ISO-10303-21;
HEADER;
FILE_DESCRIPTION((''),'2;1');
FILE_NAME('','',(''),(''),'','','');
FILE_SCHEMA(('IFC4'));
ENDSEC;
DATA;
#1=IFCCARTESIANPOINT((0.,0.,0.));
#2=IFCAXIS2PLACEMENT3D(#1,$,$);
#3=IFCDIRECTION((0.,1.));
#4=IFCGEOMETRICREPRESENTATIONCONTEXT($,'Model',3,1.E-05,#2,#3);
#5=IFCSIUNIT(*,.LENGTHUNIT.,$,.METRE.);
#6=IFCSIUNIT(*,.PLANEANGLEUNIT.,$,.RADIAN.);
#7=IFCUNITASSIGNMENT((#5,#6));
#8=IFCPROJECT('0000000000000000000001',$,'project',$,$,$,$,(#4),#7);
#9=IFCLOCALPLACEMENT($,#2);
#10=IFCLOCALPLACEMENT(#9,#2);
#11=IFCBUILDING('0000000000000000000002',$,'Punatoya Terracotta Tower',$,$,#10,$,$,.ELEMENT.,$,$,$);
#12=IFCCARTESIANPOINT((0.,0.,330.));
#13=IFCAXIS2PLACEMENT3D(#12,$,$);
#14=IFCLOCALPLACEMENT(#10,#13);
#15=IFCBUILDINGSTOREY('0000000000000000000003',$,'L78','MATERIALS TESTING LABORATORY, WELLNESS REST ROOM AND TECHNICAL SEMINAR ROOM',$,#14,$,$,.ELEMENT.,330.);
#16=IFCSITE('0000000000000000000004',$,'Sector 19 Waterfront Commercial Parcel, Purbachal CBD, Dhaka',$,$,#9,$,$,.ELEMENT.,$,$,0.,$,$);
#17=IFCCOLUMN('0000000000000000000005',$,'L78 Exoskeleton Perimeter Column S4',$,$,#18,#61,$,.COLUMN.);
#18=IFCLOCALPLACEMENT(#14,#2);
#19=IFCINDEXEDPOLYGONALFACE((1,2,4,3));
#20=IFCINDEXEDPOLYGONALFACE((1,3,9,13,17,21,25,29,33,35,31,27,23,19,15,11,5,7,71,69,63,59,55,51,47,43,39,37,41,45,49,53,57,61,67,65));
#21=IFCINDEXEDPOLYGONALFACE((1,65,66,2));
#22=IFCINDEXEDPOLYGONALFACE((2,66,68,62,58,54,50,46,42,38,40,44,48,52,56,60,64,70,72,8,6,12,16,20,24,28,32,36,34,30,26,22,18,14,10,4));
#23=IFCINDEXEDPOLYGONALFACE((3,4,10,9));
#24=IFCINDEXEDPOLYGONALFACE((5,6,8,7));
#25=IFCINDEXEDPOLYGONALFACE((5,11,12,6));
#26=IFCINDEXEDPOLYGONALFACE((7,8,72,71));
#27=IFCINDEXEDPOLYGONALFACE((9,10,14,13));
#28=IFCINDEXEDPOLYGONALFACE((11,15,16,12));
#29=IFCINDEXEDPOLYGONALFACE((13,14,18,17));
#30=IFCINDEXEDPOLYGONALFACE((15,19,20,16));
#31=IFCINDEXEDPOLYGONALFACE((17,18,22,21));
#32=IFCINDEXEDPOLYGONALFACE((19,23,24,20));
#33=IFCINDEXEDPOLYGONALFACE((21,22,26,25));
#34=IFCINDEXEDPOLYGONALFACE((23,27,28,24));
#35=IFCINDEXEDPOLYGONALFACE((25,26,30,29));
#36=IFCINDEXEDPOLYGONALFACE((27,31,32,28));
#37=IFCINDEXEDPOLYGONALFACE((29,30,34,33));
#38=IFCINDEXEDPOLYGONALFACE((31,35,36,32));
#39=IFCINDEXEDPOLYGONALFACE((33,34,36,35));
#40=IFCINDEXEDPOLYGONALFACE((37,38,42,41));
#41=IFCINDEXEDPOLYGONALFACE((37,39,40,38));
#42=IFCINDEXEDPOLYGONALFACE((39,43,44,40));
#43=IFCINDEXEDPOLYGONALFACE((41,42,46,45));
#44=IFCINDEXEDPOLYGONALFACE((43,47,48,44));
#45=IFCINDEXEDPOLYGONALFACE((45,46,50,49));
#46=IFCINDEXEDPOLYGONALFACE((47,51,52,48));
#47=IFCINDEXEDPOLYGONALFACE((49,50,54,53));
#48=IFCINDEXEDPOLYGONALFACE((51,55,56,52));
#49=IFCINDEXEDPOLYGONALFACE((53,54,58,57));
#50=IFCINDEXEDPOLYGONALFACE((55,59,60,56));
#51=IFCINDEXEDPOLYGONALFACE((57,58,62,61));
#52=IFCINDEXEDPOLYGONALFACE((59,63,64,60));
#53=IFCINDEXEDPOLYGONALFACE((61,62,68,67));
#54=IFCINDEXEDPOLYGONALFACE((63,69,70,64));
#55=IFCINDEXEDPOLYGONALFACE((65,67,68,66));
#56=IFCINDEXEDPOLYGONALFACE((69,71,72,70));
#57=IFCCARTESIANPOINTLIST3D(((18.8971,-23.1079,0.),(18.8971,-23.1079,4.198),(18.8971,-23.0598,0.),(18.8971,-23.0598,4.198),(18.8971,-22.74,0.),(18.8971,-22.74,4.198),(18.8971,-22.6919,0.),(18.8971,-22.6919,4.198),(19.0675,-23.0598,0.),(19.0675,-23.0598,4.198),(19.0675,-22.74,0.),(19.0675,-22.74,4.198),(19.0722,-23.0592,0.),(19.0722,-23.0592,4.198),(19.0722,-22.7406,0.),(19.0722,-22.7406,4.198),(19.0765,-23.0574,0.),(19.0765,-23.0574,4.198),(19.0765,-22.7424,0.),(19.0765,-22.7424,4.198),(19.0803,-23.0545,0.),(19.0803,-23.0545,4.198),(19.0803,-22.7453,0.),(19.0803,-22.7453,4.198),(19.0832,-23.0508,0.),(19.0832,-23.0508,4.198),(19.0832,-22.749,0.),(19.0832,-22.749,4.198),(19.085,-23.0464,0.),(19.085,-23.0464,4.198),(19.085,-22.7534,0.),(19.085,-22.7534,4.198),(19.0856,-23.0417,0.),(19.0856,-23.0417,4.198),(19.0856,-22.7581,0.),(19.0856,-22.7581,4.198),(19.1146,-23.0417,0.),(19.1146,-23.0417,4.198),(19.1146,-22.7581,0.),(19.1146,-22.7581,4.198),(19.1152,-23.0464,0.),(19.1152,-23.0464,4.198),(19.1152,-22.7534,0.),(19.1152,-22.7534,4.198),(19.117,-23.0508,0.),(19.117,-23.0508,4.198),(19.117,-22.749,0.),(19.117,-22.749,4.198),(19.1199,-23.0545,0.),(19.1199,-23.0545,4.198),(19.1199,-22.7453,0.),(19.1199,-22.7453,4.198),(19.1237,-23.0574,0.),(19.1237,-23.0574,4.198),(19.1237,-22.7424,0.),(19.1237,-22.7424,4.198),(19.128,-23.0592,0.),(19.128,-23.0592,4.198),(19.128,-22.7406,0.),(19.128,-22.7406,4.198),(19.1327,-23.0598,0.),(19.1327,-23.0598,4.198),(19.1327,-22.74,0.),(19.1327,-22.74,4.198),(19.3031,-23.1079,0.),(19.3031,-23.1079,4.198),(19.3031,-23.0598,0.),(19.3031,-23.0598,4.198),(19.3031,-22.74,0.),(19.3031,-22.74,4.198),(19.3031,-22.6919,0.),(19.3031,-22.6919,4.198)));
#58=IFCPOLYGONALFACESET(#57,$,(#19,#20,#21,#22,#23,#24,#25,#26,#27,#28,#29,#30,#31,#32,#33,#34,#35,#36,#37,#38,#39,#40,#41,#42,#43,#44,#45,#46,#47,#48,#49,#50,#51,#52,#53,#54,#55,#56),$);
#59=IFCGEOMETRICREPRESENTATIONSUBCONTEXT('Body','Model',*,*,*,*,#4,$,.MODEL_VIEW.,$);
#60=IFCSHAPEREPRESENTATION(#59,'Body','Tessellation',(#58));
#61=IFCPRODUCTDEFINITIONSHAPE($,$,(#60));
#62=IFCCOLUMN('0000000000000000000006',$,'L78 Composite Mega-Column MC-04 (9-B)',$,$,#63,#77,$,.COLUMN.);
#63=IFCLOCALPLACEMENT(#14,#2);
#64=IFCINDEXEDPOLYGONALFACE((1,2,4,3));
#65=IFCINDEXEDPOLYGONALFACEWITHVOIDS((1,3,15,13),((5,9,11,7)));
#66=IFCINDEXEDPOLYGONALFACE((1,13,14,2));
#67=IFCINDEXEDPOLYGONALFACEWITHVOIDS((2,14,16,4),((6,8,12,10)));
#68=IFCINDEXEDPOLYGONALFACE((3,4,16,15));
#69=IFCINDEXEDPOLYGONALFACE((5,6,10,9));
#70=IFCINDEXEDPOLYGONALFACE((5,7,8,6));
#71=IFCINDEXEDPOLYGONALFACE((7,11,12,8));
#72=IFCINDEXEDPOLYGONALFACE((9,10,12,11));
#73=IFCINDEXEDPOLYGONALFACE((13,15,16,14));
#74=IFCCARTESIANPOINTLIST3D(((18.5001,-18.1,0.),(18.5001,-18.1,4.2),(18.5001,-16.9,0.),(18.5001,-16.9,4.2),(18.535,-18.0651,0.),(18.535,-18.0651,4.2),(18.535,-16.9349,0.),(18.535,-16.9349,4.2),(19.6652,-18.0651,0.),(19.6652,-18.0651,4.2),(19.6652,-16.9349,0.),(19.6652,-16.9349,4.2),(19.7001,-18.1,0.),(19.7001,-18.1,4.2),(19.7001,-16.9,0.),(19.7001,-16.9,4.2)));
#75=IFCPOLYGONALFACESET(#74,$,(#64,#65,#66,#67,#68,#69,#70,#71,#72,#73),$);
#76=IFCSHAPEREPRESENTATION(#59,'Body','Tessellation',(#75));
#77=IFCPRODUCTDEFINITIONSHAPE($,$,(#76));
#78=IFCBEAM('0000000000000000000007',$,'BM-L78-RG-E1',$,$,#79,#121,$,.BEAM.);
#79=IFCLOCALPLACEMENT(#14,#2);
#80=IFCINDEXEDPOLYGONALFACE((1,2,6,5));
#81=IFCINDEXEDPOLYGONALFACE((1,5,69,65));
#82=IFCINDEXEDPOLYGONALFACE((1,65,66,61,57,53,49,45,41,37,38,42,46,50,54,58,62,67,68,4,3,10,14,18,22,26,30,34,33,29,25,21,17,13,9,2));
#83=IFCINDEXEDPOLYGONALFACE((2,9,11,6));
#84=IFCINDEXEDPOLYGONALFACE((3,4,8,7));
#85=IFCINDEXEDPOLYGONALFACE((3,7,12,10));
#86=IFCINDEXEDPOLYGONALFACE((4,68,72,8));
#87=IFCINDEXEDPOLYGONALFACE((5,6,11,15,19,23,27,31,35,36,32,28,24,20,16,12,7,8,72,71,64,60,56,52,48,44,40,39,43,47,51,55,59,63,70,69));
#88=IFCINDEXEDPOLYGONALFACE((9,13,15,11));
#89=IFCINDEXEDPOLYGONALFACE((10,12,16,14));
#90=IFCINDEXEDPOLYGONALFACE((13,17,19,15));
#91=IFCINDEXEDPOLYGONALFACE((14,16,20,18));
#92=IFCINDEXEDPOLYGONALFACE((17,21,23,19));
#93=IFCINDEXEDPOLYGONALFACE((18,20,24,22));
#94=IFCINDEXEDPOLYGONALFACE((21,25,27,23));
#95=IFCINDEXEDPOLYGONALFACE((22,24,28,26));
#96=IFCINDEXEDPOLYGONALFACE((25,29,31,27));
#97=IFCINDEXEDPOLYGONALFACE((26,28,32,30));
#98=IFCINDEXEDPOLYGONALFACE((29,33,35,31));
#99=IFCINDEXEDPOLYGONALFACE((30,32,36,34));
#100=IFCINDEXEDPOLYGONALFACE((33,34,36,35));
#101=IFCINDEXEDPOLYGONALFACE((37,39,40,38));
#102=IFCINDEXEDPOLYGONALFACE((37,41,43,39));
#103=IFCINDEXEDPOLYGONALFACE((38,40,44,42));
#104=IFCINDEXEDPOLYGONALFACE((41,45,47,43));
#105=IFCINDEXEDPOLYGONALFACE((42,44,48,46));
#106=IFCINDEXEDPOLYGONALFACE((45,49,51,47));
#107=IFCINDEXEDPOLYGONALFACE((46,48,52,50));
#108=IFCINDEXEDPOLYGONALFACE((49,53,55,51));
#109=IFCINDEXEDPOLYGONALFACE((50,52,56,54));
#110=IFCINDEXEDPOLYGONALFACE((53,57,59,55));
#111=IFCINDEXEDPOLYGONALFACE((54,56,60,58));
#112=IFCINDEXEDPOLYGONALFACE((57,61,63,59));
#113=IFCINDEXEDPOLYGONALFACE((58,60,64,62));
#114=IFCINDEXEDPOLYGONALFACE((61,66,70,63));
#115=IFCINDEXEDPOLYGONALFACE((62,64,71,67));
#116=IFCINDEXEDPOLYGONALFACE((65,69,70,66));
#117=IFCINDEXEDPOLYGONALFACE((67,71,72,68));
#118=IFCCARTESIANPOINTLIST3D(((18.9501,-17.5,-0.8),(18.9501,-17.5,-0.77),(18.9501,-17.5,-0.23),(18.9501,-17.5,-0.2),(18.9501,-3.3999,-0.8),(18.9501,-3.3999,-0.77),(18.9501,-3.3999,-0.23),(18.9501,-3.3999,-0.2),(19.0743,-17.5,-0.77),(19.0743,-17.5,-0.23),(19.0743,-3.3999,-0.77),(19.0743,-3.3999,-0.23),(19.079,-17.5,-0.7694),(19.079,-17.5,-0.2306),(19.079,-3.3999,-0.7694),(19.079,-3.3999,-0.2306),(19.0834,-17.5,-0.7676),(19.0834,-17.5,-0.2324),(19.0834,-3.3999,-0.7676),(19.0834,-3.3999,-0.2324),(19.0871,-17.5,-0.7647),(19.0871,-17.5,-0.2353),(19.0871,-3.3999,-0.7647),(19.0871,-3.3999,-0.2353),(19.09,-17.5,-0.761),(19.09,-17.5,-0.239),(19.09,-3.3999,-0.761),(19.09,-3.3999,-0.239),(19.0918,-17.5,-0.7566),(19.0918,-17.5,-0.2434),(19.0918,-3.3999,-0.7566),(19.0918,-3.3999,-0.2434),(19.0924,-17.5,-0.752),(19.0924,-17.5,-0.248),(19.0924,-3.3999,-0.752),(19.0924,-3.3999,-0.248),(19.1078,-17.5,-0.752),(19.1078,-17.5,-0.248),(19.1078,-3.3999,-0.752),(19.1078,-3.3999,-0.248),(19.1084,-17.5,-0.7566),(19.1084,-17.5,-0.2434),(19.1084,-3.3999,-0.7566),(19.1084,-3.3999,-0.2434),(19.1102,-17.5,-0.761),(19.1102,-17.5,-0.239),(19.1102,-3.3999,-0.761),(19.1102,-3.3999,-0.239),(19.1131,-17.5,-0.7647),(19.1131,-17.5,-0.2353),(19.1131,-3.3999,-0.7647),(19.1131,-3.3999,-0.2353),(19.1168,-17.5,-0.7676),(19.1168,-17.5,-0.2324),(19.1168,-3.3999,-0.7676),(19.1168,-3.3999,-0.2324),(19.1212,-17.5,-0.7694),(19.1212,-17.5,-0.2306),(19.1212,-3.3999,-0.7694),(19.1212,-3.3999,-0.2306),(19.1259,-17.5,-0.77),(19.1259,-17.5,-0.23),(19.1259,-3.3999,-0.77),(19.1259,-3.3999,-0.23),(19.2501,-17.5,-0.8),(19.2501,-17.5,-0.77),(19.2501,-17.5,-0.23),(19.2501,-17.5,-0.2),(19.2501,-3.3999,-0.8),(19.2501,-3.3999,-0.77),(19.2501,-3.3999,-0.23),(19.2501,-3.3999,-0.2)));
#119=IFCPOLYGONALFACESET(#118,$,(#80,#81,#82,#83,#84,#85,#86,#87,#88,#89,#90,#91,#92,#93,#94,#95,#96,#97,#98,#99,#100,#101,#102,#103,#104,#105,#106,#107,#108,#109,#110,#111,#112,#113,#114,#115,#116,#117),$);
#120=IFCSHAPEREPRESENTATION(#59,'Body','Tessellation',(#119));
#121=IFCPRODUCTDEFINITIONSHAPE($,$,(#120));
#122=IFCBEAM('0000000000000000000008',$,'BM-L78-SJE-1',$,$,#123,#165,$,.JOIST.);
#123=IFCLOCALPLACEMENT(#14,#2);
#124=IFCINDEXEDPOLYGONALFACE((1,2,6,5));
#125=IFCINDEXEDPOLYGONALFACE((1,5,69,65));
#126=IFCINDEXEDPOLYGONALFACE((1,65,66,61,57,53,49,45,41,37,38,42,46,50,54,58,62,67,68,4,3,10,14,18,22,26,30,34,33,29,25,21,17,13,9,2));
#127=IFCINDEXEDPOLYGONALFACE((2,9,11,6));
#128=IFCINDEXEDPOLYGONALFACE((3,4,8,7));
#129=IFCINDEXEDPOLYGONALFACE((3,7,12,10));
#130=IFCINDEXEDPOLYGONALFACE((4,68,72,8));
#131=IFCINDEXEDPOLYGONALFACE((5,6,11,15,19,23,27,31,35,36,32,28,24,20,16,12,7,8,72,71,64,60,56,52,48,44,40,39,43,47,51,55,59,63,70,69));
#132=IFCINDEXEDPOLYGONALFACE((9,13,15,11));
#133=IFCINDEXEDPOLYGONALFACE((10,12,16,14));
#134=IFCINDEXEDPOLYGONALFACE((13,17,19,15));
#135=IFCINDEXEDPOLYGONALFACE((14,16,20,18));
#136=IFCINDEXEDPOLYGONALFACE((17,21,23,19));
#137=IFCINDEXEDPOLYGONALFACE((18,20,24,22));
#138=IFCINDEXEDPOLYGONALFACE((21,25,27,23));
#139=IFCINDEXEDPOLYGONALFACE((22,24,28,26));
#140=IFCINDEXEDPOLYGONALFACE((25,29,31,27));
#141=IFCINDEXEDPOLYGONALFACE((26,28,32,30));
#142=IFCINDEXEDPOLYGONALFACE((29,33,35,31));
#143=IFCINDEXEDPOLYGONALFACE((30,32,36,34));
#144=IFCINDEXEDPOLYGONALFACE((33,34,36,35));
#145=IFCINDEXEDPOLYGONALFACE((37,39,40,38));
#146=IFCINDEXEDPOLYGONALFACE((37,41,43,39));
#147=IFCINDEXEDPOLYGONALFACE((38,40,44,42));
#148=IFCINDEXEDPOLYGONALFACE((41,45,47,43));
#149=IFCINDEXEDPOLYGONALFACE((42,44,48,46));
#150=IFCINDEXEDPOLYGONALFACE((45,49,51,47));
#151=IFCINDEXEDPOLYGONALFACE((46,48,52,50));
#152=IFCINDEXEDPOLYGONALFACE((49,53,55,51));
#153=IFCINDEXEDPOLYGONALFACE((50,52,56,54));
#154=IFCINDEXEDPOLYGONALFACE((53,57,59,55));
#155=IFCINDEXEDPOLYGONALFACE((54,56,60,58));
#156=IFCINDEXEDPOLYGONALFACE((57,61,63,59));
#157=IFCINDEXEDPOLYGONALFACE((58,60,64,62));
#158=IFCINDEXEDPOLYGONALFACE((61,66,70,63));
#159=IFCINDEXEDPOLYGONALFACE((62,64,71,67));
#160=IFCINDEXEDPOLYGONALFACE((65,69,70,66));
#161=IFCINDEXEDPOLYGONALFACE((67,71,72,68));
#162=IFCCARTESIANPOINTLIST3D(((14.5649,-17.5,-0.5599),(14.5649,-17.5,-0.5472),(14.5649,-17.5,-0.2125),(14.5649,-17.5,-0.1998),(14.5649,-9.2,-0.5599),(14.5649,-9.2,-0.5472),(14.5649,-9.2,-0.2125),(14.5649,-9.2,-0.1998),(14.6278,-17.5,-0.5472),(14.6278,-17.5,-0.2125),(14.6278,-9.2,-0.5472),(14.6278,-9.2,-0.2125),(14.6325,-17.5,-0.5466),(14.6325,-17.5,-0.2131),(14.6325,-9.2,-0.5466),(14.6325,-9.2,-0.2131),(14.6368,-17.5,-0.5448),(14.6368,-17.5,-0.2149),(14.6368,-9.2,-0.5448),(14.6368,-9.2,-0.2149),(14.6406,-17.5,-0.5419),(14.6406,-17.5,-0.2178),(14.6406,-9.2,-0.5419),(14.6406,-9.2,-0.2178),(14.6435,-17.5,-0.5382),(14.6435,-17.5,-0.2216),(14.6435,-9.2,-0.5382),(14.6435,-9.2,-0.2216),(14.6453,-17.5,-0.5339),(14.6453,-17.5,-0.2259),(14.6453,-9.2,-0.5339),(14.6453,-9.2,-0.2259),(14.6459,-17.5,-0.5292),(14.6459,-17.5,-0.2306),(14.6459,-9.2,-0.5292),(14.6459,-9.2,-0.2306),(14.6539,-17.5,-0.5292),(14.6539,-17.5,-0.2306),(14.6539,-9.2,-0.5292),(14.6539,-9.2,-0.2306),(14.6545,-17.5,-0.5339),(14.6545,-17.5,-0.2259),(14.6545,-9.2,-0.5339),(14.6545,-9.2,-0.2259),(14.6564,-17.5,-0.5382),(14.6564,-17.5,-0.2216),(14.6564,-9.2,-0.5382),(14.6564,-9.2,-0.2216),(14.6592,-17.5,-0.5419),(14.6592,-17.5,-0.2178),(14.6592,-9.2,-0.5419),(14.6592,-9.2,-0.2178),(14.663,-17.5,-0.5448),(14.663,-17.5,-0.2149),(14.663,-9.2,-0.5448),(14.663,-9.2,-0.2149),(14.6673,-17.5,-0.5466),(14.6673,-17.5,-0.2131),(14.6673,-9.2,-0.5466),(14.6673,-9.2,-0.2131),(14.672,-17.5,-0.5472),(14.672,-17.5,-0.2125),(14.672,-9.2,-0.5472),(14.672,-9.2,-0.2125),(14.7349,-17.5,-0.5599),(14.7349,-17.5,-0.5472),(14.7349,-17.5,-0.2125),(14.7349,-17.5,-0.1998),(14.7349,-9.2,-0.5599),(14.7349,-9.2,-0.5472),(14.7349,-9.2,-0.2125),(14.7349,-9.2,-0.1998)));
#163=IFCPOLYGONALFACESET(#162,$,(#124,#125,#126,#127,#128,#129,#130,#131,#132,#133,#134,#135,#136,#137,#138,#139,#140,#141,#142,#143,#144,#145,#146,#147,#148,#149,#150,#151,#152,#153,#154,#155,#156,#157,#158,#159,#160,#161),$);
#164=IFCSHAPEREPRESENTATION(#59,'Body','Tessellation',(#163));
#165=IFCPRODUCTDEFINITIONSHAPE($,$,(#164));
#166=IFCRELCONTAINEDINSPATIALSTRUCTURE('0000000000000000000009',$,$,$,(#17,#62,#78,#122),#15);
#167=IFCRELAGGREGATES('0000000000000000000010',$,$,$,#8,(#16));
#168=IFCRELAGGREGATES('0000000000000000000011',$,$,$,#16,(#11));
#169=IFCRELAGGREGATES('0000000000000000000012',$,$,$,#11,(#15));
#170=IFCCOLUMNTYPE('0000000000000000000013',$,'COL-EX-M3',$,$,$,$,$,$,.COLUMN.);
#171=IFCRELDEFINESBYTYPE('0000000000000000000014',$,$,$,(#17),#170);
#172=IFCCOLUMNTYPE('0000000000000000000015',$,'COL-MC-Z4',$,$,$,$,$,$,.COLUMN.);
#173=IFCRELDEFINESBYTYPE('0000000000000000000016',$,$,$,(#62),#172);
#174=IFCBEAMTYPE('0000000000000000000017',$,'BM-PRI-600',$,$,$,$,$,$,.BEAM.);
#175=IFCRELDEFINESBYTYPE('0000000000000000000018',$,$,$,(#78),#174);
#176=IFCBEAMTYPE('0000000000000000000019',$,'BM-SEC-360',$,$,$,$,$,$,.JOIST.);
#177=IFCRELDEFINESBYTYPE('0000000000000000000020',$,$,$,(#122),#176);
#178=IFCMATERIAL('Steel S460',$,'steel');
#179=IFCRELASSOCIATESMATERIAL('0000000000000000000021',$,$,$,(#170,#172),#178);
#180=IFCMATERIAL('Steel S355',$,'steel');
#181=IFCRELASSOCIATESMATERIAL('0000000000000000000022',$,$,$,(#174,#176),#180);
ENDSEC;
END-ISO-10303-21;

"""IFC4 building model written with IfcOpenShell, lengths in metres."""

from ifc_helpers import new_model, si_unit, direction, frame, origin, origin_2d, place, context, subcontext, project, spatial, hollow_rectangle, i_section, extrude, material, material_profile, profile_set, type_object, element, save


model = new_model("IFC4")

# Units and contexts
model_context = context("Model", 3, precision=1e-05, world=origin(), true_north=direction((0.0, 1.0)))
body_context = subcontext(model_context, "Body", "Model", "MODEL_VIEW")
ifc_project = project(units=[si_unit("LENGTHUNIT", "METRE"), si_unit("PLANEANGLEUNIT", "RADIAN")], contexts=[model_context])

# Site, building, storey
site_placement = place(None, origin())
site = spatial("IfcSite", under=ifc_project, at=site_placement, Name="Sector 19 Waterfront Commercial Parcel, Purbachal CBD, Dhaka", CompositionType="ELEMENT", RefElevation=0.0)
building_placement = place(site_placement, origin())
building = spatial("IfcBuilding", under=site, at=building_placement, Name="Punatoya Terracotta Tower", CompositionType="ELEMENT")
storey_placement = place(building_placement, frame((0.0, 0.0, 330.0)))
storey = spatial("IfcBuildingStorey", under=building, at=storey_placement, Name="L78", Description="MATERIALS TESTING LABORATORY, WELLNESS REST ROOM AND TECHNICAL SEMINAR ROOM", CompositionType="ELEMENT", Elevation=330.0)

# Columns
ifc_material_1 = material(Name="Steel S460", Category="steel")
ifc_material_profile_1 = material_profile(ifc_material_1, i_section(OverallWidth=0.406, OverallDepth=0.416, WebThickness=0.0291, FlangeThickness=0.0481, FilletRadius=0.0181, at=origin_2d()))
ifc_profile_set_1 = profile_set([ifc_material_profile_1], Name="Steel S460")
column_type_1 = type_object("IfcColumnType", Name="COL-EX-M3", PredefinedType="COLUMN", material=ifc_profile_set_1)
column_1_placement = place(storey_placement, frame((19.1001, -22.8999, 0.0), z_axis=(0.0, 0.0, 1.0), x_axis=(1.0, 0.0, 0.0)))
element("IfcColumn", 1, at=column_1_placement, inside=storey, type_object=column_type_1, Name="L78 Exoskeleton Perimeter Column S4", PredefinedType="COLUMN", context=body_context, shape_type="SweptSolid", body=[
    extrude(i_section(OverallWidth=0.406, OverallDepth=0.416, WebThickness=0.0291, FlangeThickness=0.0481, FilletRadius=0.0181, at=origin_2d()), origin(), (0.0, 0.0, 1.0), 4.198),
])
ifc_material_profile_2 = material_profile(ifc_material_1, hollow_rectangle(XDim=1.2, YDim=1.2, WallThickness=0.0349, at=origin_2d()))
ifc_profile_set_2 = profile_set([ifc_material_profile_2], Name="Steel S460")
column_type_2 = type_object("IfcColumnType", Name="COL-MC-Z4", PredefinedType="COLUMN", material=ifc_profile_set_2)
column_2_placement = place(storey_placement, frame((19.1001, -17.5, 0.0), z_axis=(0.0, 0.0, 1.0), x_axis=(1.0, 0.0, 0.0)))
element("IfcColumn", 2, at=column_2_placement, inside=storey, type_object=column_type_2, Name="L78 Composite Mega-Column MC-04 (9-B)", PredefinedType="COLUMN", context=body_context, shape_type="SweptSolid", body=[
    extrude(hollow_rectangle(XDim=1.2, YDim=1.2, WallThickness=0.0349, at=origin_2d()), origin(), (0.0, 0.0, 1.0), 4.2),
])

# Beams
ifc_material_2 = material(Name="Steel S355", Category="steel")
ifc_material_profile_3 = material_profile(ifc_material_2, i_section(OverallWidth=0.3, OverallDepth=0.6001, WebThickness=0.0154, FlangeThickness=0.03, FilletRadius=0.0181, at=origin_2d()))
ifc_profile_set_3 = profile_set([ifc_material_profile_3], Name="Steel S355")
beam_type_1 = type_object("IfcBeamType", Name="BM-PRI-600", PredefinedType="BEAM", material=ifc_profile_set_3)
beam_1_placement = place(storey_placement, frame((19.1001, -17.5, -0.5), z_axis=(0.0, 1.0, 0.0), x_axis=(-1.0, 0.0, 0.0)))
element("IfcBeam", 3, at=beam_1_placement, inside=storey, type_object=beam_type_1, Name="BM-L78-RG-E1", PredefinedType="BEAM", context=body_context, shape_type="SweptSolid", body=[
    extrude(i_section(OverallWidth=0.3, OverallDepth=0.6001, WebThickness=0.0154, FlangeThickness=0.03, FilletRadius=0.0181, at=origin_2d()), origin(), (0.0, 0.0, 1.0), 14.1001),
])
ifc_material_profile_4 = material_profile(ifc_material_2, i_section(OverallWidth=0.1699, OverallDepth=0.3601, WebThickness=0.0081, FlangeThickness=0.0127, FilletRadius=0.0181, at=origin_2d()))
ifc_profile_set_4 = profile_set([ifc_material_profile_4], Name="Steel S355")
beam_type_2 = type_object("IfcBeamType", Name="BM-SEC-360", PredefinedType="JOIST", material=ifc_profile_set_4)
beam_2_placement = place(storey_placement, frame((14.6499, -17.5, -0.3799), z_axis=(0.0, 1.0, 0.0), x_axis=(-1.0, 0.0, 0.0)))
element("IfcBeam", 4, at=beam_2_placement, inside=storey, type_object=beam_type_2, Name="BM-L78-SJE-1", PredefinedType="JOIST", context=body_context, shape_type="SweptSolid", body=[
    extrude(i_section(OverallWidth=0.1699, OverallDepth=0.3601, WebThickness=0.0081, FlangeThickness=0.0127, FilletRadius=0.0181, at=origin_2d()), origin(), (0.0, 0.0, 1.0), 8.3),
])

save(model, "model.ifc")
